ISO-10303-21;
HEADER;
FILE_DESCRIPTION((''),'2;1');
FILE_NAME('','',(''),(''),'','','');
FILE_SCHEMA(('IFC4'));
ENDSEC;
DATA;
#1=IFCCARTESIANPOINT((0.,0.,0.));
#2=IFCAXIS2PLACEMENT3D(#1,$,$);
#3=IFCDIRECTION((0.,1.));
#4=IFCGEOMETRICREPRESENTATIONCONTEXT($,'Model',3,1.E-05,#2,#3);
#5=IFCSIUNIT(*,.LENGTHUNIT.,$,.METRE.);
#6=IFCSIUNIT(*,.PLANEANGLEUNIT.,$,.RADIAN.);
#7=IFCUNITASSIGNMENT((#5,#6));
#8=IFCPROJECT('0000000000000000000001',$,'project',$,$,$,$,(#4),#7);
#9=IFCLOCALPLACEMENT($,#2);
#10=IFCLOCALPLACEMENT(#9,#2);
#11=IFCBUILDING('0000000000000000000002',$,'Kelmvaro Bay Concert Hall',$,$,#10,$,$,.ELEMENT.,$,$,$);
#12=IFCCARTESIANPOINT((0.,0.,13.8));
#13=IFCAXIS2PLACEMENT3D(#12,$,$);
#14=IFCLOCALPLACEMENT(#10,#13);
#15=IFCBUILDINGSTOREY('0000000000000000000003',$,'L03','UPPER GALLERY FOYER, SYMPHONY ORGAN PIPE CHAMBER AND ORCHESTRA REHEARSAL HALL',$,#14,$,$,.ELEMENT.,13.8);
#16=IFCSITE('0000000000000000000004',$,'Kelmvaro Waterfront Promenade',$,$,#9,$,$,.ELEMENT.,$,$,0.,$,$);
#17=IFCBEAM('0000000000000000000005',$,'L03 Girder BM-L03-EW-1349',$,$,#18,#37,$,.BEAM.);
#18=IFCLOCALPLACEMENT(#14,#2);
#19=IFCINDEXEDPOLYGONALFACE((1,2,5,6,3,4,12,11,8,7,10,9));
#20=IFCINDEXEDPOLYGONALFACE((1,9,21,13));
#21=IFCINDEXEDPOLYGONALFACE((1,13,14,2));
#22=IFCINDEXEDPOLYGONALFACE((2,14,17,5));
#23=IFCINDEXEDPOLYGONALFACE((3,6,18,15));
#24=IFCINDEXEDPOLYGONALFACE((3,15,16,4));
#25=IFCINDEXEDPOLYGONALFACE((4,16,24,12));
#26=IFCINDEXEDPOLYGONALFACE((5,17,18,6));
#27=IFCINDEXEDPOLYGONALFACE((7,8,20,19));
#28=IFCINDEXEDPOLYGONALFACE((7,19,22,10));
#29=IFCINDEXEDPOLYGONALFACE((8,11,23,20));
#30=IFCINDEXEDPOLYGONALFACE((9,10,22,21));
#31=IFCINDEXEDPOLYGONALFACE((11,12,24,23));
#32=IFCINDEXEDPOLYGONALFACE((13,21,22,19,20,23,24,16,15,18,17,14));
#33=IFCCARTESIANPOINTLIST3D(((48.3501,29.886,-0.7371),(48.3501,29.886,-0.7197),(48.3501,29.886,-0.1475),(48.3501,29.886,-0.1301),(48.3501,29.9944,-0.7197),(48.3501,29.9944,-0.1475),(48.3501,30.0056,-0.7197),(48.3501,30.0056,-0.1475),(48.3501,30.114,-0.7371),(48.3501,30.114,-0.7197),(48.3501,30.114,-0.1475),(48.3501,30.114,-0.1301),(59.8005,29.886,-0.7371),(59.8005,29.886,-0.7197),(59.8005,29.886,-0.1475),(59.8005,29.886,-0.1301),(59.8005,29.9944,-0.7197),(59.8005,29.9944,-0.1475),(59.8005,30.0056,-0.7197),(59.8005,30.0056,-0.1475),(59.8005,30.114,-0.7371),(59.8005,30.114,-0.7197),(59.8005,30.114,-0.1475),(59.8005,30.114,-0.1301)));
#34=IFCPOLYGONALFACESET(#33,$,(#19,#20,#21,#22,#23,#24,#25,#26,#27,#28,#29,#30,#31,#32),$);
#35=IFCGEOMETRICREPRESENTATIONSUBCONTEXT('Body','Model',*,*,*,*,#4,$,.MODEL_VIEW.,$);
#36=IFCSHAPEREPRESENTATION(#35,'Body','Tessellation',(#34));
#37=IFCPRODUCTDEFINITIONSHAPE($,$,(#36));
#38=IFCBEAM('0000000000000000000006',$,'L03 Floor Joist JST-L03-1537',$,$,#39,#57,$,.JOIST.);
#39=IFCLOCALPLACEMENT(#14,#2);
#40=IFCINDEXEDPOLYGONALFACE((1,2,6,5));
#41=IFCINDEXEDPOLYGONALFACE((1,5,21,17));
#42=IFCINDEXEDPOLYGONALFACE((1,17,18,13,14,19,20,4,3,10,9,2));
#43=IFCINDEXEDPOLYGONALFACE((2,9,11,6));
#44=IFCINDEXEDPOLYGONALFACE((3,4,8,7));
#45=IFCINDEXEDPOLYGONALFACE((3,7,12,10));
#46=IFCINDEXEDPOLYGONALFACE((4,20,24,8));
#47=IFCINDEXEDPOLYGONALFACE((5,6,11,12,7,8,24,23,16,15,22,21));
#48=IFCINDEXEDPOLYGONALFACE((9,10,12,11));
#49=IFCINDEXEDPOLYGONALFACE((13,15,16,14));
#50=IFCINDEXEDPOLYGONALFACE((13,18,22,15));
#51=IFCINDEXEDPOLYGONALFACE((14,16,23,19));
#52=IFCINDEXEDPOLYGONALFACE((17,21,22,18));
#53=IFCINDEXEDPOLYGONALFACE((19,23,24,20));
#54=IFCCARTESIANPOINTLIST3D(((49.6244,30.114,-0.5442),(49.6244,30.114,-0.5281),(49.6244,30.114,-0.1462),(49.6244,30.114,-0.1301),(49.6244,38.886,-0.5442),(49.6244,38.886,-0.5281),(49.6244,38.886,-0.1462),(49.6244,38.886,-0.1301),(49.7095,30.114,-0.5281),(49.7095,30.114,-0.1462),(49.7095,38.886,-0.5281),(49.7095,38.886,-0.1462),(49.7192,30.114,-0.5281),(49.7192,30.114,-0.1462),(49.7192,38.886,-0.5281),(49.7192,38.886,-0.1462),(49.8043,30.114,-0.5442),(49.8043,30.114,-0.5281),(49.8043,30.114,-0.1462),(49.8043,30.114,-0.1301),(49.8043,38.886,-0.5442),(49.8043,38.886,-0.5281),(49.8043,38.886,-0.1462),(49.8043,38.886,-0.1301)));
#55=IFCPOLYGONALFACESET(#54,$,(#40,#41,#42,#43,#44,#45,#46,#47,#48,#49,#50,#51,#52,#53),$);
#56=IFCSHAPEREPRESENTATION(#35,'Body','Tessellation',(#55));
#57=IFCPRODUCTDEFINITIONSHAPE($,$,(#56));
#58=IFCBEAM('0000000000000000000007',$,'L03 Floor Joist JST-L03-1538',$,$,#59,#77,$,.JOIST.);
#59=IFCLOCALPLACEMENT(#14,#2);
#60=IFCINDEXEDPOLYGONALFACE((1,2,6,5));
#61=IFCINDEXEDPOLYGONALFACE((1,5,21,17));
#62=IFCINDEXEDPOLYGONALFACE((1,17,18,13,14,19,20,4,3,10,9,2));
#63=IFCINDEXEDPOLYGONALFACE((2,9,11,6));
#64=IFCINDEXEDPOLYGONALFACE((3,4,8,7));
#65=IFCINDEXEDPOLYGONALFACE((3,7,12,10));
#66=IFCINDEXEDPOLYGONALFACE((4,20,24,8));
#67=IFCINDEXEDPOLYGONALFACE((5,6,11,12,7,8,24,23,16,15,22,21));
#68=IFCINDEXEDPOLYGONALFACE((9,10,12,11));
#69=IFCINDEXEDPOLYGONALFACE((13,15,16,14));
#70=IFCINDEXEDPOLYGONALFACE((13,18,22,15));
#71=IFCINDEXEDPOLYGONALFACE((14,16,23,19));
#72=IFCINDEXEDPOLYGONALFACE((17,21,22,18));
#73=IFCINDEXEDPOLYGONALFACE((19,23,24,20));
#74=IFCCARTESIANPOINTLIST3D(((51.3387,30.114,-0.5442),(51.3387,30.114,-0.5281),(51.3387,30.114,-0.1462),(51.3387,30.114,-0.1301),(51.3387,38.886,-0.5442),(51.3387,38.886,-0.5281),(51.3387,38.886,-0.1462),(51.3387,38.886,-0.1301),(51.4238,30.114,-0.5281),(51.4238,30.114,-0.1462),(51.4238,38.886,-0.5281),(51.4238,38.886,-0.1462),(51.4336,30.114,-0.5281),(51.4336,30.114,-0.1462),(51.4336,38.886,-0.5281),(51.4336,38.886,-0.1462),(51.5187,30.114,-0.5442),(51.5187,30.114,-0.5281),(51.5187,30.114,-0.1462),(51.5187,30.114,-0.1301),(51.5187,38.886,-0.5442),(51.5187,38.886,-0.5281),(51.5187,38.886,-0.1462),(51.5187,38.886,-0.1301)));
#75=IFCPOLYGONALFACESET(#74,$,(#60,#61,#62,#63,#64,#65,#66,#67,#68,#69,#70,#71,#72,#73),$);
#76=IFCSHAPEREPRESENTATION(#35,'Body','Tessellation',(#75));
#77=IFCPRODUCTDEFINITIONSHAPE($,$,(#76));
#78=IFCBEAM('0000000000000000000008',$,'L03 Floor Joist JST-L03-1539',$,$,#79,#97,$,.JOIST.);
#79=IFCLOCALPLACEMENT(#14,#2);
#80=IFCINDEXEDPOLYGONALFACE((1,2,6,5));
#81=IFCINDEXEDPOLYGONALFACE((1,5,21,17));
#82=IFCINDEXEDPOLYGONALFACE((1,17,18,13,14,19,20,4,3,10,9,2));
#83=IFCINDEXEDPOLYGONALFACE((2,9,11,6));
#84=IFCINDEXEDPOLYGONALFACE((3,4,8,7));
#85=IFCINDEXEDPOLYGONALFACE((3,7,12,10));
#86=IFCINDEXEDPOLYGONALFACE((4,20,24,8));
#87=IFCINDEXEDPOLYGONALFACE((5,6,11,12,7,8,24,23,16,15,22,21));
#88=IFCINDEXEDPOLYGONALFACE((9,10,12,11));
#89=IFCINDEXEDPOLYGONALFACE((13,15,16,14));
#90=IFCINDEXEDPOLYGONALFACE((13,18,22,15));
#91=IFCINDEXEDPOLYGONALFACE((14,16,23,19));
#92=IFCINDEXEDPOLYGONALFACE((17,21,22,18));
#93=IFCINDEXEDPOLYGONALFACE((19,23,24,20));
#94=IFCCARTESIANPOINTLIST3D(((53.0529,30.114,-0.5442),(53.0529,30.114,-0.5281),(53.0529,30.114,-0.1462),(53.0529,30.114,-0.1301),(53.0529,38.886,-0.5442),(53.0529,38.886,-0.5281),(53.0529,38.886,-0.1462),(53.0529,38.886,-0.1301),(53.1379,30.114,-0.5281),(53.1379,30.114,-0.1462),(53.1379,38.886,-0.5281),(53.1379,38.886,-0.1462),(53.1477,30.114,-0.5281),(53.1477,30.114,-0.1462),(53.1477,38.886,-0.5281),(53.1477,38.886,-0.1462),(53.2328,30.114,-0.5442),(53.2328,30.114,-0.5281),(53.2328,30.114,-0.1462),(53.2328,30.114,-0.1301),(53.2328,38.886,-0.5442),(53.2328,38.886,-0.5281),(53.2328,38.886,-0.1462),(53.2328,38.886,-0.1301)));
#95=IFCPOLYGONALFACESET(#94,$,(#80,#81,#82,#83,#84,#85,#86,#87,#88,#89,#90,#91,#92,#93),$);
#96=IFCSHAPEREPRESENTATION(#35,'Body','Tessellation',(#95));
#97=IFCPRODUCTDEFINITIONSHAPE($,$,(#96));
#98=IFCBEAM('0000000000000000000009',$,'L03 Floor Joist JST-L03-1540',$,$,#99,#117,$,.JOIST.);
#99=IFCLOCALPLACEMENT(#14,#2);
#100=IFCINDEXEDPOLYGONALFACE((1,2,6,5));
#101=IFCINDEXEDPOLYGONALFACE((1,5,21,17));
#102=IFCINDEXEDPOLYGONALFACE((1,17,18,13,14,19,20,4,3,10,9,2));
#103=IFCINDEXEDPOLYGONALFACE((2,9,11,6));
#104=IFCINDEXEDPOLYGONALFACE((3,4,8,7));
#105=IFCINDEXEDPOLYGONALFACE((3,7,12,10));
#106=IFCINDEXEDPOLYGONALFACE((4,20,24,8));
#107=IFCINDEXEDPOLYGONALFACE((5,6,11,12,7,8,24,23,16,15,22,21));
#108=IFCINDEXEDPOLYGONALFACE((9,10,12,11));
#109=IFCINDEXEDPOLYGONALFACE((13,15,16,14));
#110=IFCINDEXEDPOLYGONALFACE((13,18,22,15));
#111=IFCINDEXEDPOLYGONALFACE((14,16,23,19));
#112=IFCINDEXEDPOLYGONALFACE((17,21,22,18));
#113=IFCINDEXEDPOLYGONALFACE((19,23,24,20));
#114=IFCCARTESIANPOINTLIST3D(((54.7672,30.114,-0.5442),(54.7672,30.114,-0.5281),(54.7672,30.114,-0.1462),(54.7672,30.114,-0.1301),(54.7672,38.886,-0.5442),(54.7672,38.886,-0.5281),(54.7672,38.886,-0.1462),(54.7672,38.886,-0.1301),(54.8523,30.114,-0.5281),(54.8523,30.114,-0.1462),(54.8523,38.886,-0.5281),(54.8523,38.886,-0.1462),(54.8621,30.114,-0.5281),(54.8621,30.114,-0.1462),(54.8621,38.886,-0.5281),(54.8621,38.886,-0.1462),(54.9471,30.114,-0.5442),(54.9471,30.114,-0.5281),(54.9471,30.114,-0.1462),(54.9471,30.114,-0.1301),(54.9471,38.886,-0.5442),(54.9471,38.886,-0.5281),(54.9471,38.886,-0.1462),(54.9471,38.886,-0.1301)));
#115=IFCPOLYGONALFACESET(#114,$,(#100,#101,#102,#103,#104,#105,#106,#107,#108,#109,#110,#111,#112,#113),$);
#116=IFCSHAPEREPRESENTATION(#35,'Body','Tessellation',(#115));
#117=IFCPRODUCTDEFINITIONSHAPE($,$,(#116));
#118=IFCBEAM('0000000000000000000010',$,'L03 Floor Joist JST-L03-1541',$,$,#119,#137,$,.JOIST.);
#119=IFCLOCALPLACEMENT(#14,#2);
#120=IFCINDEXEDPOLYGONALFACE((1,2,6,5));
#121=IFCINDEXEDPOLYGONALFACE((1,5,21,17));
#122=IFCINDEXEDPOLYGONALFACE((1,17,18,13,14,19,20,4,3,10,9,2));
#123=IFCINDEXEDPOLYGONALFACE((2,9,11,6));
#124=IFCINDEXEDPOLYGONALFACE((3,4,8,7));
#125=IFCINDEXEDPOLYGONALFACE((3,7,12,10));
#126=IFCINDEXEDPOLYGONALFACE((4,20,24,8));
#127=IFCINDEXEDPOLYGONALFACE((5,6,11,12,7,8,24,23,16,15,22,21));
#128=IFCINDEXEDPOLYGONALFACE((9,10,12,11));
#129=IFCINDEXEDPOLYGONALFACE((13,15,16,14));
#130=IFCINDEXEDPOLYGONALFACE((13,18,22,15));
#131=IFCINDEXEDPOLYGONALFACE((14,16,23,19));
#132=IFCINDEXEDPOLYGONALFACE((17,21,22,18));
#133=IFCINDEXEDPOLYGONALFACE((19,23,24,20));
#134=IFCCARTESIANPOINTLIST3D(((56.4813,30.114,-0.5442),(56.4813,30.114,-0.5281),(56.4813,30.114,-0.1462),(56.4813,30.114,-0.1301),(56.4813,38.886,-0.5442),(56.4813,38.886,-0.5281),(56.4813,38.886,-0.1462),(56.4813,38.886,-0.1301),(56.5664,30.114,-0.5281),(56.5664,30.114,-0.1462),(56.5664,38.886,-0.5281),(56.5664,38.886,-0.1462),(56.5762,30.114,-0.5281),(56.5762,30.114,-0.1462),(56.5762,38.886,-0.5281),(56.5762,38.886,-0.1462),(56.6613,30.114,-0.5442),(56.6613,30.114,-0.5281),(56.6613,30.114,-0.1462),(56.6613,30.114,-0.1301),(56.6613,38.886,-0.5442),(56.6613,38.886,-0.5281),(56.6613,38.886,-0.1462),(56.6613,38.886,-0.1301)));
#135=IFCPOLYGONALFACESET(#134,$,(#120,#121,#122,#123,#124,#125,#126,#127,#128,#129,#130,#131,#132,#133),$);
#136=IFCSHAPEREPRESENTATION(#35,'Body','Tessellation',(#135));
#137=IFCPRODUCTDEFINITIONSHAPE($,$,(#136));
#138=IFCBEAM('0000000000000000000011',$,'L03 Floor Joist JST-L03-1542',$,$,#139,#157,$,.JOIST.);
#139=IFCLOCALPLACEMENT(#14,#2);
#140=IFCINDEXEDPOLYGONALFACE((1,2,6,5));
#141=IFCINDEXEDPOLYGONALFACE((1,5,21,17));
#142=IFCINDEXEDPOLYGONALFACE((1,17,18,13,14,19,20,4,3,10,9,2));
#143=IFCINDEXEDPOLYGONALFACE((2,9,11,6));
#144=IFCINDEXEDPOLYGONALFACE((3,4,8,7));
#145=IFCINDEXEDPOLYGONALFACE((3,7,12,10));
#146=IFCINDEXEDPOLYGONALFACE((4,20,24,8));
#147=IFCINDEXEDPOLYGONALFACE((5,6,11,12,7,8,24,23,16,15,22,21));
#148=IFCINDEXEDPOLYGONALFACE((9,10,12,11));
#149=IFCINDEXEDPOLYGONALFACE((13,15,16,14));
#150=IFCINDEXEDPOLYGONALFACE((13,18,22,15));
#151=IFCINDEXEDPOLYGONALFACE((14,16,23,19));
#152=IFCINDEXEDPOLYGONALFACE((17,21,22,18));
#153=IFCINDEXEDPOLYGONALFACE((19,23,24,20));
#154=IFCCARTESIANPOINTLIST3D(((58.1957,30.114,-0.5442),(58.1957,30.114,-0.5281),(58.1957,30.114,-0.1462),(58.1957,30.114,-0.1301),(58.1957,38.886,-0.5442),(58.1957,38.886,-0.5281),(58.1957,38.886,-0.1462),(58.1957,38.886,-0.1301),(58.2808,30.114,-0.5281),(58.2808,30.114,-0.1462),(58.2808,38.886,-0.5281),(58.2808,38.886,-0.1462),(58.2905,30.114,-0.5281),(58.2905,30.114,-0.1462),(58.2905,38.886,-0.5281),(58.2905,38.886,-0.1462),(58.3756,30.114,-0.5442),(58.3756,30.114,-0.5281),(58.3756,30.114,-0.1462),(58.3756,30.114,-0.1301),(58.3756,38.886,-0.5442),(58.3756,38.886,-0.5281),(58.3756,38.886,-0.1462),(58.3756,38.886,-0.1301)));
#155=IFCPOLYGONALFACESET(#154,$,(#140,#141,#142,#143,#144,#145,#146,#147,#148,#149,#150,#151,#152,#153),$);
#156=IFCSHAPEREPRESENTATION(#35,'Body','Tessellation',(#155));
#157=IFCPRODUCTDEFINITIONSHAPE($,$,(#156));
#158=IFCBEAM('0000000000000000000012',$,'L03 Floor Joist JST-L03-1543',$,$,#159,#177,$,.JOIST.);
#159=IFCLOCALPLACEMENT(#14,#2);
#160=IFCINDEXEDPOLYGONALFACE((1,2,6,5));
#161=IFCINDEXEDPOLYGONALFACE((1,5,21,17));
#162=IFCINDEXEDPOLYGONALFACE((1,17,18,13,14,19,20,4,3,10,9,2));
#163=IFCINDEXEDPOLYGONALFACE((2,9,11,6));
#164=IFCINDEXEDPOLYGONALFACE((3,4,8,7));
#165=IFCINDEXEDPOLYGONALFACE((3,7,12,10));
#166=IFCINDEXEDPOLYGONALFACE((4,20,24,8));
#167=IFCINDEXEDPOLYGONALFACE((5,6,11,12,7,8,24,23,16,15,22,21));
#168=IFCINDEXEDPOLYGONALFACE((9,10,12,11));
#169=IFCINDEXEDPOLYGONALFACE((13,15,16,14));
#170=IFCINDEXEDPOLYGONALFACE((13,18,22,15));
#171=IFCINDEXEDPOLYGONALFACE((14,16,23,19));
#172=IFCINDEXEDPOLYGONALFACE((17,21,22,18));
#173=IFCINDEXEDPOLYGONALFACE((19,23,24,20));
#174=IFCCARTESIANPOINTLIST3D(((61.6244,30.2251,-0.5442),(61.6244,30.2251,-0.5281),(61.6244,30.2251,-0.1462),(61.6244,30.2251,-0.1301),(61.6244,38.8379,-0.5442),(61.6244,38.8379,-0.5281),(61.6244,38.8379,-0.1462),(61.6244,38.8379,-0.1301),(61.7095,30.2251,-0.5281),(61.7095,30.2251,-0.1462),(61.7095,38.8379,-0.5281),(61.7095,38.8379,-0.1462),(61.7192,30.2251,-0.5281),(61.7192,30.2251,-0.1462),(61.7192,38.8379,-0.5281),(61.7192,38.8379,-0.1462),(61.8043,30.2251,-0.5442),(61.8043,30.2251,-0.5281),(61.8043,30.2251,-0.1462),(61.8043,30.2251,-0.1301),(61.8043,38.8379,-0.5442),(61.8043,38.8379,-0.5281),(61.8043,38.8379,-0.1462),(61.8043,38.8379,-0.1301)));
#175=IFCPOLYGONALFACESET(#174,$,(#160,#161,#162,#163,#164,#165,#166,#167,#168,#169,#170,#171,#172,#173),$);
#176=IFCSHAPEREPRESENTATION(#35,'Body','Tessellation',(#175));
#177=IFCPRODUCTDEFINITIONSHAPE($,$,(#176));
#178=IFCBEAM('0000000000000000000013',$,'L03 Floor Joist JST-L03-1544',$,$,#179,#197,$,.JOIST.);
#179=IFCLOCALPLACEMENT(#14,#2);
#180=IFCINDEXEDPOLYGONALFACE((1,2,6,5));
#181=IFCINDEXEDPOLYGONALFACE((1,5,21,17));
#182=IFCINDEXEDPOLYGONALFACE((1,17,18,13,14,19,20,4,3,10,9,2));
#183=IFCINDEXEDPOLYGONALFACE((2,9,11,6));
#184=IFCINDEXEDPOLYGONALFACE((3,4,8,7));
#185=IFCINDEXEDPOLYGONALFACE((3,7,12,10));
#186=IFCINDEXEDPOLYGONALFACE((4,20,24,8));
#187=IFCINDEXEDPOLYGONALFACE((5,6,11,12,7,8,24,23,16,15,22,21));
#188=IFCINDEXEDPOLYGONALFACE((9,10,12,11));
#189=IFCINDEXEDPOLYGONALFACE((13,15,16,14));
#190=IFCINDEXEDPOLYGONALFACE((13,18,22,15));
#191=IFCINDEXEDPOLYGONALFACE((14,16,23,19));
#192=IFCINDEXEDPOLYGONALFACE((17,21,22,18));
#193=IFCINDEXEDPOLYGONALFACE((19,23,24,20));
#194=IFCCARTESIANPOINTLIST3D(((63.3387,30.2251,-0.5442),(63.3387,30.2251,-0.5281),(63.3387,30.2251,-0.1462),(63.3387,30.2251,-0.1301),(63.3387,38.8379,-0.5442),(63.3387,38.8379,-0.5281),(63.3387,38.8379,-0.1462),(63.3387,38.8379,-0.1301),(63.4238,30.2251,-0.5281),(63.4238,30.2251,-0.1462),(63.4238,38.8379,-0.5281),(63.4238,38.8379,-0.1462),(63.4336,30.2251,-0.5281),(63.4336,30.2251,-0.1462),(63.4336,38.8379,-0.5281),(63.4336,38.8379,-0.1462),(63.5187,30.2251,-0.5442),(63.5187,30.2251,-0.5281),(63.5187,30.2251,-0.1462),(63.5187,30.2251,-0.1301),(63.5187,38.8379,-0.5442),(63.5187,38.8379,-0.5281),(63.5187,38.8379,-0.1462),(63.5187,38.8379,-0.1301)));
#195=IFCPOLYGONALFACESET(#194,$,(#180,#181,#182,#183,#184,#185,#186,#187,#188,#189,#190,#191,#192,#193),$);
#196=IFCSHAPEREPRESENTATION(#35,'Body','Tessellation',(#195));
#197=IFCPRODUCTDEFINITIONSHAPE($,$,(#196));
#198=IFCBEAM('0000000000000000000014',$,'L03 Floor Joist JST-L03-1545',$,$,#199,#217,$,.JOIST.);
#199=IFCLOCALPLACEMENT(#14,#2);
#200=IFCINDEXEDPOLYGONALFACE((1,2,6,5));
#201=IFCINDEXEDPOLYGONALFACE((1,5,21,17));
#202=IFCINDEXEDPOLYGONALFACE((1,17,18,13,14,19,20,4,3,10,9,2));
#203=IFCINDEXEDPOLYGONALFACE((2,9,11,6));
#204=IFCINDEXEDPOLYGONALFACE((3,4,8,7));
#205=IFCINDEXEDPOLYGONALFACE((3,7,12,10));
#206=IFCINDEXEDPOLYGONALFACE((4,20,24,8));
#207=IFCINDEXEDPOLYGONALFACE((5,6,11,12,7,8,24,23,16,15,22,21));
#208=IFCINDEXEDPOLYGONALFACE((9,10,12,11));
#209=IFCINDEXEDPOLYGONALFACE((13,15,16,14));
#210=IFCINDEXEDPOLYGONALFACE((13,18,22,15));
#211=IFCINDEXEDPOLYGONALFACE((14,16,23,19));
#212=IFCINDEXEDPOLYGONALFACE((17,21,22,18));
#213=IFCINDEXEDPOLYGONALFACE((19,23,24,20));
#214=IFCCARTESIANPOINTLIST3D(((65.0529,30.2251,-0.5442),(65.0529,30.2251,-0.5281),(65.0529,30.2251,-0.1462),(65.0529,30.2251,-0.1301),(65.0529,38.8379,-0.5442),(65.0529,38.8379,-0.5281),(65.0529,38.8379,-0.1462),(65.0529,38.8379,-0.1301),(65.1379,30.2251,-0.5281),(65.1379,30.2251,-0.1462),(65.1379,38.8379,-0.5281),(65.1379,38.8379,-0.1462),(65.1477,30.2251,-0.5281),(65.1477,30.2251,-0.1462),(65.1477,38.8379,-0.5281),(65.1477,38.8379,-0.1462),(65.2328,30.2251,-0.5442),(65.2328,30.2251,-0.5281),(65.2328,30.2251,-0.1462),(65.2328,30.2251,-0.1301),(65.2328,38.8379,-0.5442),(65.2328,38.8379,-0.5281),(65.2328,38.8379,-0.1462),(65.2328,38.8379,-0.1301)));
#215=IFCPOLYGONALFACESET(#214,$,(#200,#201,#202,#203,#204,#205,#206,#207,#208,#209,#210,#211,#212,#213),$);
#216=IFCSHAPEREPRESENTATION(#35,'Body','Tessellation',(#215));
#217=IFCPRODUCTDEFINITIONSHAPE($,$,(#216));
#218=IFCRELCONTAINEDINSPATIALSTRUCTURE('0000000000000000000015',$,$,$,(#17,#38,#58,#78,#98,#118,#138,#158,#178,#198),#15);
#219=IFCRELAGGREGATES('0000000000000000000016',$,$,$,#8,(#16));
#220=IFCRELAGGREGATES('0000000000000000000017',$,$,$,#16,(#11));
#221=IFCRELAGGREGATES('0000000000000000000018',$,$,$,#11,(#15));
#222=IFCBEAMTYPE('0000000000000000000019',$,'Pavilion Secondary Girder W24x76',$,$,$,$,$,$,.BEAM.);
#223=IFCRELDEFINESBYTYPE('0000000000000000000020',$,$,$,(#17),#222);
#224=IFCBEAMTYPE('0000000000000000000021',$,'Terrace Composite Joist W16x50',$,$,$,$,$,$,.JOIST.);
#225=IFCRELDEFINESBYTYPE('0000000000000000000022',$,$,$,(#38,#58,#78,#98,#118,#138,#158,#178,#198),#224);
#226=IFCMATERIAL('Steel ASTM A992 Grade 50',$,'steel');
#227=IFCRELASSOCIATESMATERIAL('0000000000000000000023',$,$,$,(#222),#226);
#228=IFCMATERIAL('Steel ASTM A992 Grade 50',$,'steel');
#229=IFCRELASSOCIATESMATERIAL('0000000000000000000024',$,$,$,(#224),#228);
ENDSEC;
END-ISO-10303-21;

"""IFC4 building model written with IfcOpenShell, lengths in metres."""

from ifc_helpers import new_model, si_unit, direction, frame, origin, origin_2d, place, context, subcontext, project, spatial, i_section, extrude, material, material_profile, profile_set, type_object, element, save


model = new_model("IFC4")

# Units and contexts
model_context = context("Model", 3, precision=1e-05, world=origin(), true_north=direction((0.0, 1.0)))
body_context = subcontext(model_context, "Body", "Model", "MODEL_VIEW")
ifc_project = project(units=[si_unit("LENGTHUNIT", "METRE"), si_unit("PLANEANGLEUNIT", "RADIAN")], contexts=[model_context])

# Site, building, storey
site_placement = place(None, origin())
site = spatial("IfcSite", under=ifc_project, at=site_placement, Name="Kelmvaro Waterfront Promenade", CompositionType="ELEMENT", RefElevation=0.0)
building_placement = place(site_placement, origin())
building = spatial("IfcBuilding", under=site, at=building_placement, Name="Kelmvaro Bay Concert Hall", CompositionType="ELEMENT")
storey_placement = place(building_placement, frame((0.0, 0.0, 13.8)))
storey = spatial("IfcBuildingStorey", under=building, at=storey_placement, Name="L03", Description="UPPER GALLERY FOYER, SYMPHONY ORGAN PIPE CHAMBER AND ORCHESTRA REHEARSAL HALL", CompositionType="ELEMENT", Elevation=13.8)

# Beams
ifc_material_1 = material(Name="Steel ASTM A992 Grade 50", Category="steel")
ifc_material_profile_1 = material_profile(ifc_material_1, i_section(OverallWidth=0.228, OverallDepth=0.6069, WebThickness=0.0112, FlangeThickness=0.0173, at=origin_2d()), Name="W24X76")
ifc_profile_set_1 = profile_set([ifc_material_profile_1], Name="Steel ASTM A992 Grade 50")
beam_type_1 = type_object("IfcBeamType", Name="Pavilion Secondary Girder W24x76", PredefinedType="BEAM", material=ifc_profile_set_1)
beam_1_placement = place(storey_placement, frame((48.3501, 30.0, -0.4336), z_axis=(1.0, 0.0, 0.0), x_axis=(0.0, 1.0, 0.0)))
element("IfcBeam", 1, at=beam_1_placement, inside=storey, type_object=beam_type_1, Name="L03 Girder BM-L03-EW-1349", PredefinedType="BEAM", context=body_context, shape_type="SweptSolid", body=[
    extrude(i_section(OverallWidth=0.228, OverallDepth=0.6069, WebThickness=0.0112, FlangeThickness=0.0173, at=origin_2d()), origin(), (0.0, 0.0, 1.0), 11.4504),
])
ifc_material_2 = material(Name="Steel ASTM A992 Grade 50", Category="steel")
ifc_material_profile_2 = material_profile(ifc_material_2, i_section(OverallWidth=0.1799, OverallDepth=0.4141, WebThickness=0.0098, FlangeThickness=0.0161, at=origin_2d()), Name="W16X50")
ifc_profile_set_2 = profile_set([ifc_material_profile_2], Name="Steel ASTM A992 Grade 50")
beam_type_2 = type_object("IfcBeamType", Name="Terrace Composite Joist W16x50", PredefinedType="JOIST", material=ifc_profile_set_2)
for number, where, z_axis, x_axis, name in (
    (2, (49.7144, 30.114, -0.3372), (0.0, 1.0, 0.0), (-1.0, 0.0, 0.0), "L03 Floor Joist JST-L03-1537"),
    (3, (51.4287, 30.114, -0.3372), (0.0, 1.0, 0.0), (-1.0, 0.0, 0.0), "L03 Floor Joist JST-L03-1538"),
    (4, (53.1428, 30.114, -0.3372), (0.0, 1.0, 0.0), (-1.0, 0.0, 0.0), "L03 Floor Joist JST-L03-1539"),
    (5, (54.8572, 30.114, -0.3372), (0.0, 1.0, 0.0), (-1.0, 0.0, 0.0), "L03 Floor Joist JST-L03-1540"),
    (6, (56.5713, 30.114, -0.3372), (0.0, 1.0, 0.0), (-1.0, 0.0, 0.0), "L03 Floor Joist JST-L03-1541"),
    (7, (58.2856, 30.114, -0.3372), (0.0, 1.0, 0.0), (-1.0, 0.0, 0.0), "L03 Floor Joist JST-L03-1542"),
):
    element("IfcBeam", number, at=place(storey_placement, frame(where, z_axis=z_axis, x_axis=x_axis)), inside=storey, type_object=beam_type_2, Name=name, PredefinedType="JOIST", context=body_context, shape_type="SweptSolid", body=[
        extrude(i_section(OverallWidth=0.1799, OverallDepth=0.4141, WebThickness=0.0098, FlangeThickness=0.0161, at=origin_2d()), origin(), (0.0, 0.0, 1.0), 8.772),
    ])
for number, where, z_axis, x_axis, name in (
    (8, (61.7144, 30.2251, -0.3372), (0.0, 1.0, 0.0), (-1.0, 0.0, 0.0), "L03 Floor Joist JST-L03-1543"),
    (9, (63.4287, 30.2251, -0.3372), (0.0, 1.0, 0.0), (-1.0, 0.0, 0.0), "L03 Floor Joist JST-L03-1544"),
    (10, (65.1428, 30.2251, -0.3372), (0.0, 1.0, 0.0), (-1.0, 0.0, 0.0), "L03 Floor Joist JST-L03-1545"),
):
    element("IfcBeam", number, at=place(storey_placement, frame(where, z_axis=z_axis, x_axis=x_axis)), inside=storey, type_object=beam_type_2, Name=name, PredefinedType="JOIST", context=body_context, shape_type="SweptSolid", body=[
        extrude(i_section(OverallWidth=0.1799, OverallDepth=0.4141, WebThickness=0.0098, FlangeThickness=0.0161, at=origin_2d()), origin(), (0.0, 0.0, 1.0), 8.6128),
    ])

save(model, "model.ifc")
